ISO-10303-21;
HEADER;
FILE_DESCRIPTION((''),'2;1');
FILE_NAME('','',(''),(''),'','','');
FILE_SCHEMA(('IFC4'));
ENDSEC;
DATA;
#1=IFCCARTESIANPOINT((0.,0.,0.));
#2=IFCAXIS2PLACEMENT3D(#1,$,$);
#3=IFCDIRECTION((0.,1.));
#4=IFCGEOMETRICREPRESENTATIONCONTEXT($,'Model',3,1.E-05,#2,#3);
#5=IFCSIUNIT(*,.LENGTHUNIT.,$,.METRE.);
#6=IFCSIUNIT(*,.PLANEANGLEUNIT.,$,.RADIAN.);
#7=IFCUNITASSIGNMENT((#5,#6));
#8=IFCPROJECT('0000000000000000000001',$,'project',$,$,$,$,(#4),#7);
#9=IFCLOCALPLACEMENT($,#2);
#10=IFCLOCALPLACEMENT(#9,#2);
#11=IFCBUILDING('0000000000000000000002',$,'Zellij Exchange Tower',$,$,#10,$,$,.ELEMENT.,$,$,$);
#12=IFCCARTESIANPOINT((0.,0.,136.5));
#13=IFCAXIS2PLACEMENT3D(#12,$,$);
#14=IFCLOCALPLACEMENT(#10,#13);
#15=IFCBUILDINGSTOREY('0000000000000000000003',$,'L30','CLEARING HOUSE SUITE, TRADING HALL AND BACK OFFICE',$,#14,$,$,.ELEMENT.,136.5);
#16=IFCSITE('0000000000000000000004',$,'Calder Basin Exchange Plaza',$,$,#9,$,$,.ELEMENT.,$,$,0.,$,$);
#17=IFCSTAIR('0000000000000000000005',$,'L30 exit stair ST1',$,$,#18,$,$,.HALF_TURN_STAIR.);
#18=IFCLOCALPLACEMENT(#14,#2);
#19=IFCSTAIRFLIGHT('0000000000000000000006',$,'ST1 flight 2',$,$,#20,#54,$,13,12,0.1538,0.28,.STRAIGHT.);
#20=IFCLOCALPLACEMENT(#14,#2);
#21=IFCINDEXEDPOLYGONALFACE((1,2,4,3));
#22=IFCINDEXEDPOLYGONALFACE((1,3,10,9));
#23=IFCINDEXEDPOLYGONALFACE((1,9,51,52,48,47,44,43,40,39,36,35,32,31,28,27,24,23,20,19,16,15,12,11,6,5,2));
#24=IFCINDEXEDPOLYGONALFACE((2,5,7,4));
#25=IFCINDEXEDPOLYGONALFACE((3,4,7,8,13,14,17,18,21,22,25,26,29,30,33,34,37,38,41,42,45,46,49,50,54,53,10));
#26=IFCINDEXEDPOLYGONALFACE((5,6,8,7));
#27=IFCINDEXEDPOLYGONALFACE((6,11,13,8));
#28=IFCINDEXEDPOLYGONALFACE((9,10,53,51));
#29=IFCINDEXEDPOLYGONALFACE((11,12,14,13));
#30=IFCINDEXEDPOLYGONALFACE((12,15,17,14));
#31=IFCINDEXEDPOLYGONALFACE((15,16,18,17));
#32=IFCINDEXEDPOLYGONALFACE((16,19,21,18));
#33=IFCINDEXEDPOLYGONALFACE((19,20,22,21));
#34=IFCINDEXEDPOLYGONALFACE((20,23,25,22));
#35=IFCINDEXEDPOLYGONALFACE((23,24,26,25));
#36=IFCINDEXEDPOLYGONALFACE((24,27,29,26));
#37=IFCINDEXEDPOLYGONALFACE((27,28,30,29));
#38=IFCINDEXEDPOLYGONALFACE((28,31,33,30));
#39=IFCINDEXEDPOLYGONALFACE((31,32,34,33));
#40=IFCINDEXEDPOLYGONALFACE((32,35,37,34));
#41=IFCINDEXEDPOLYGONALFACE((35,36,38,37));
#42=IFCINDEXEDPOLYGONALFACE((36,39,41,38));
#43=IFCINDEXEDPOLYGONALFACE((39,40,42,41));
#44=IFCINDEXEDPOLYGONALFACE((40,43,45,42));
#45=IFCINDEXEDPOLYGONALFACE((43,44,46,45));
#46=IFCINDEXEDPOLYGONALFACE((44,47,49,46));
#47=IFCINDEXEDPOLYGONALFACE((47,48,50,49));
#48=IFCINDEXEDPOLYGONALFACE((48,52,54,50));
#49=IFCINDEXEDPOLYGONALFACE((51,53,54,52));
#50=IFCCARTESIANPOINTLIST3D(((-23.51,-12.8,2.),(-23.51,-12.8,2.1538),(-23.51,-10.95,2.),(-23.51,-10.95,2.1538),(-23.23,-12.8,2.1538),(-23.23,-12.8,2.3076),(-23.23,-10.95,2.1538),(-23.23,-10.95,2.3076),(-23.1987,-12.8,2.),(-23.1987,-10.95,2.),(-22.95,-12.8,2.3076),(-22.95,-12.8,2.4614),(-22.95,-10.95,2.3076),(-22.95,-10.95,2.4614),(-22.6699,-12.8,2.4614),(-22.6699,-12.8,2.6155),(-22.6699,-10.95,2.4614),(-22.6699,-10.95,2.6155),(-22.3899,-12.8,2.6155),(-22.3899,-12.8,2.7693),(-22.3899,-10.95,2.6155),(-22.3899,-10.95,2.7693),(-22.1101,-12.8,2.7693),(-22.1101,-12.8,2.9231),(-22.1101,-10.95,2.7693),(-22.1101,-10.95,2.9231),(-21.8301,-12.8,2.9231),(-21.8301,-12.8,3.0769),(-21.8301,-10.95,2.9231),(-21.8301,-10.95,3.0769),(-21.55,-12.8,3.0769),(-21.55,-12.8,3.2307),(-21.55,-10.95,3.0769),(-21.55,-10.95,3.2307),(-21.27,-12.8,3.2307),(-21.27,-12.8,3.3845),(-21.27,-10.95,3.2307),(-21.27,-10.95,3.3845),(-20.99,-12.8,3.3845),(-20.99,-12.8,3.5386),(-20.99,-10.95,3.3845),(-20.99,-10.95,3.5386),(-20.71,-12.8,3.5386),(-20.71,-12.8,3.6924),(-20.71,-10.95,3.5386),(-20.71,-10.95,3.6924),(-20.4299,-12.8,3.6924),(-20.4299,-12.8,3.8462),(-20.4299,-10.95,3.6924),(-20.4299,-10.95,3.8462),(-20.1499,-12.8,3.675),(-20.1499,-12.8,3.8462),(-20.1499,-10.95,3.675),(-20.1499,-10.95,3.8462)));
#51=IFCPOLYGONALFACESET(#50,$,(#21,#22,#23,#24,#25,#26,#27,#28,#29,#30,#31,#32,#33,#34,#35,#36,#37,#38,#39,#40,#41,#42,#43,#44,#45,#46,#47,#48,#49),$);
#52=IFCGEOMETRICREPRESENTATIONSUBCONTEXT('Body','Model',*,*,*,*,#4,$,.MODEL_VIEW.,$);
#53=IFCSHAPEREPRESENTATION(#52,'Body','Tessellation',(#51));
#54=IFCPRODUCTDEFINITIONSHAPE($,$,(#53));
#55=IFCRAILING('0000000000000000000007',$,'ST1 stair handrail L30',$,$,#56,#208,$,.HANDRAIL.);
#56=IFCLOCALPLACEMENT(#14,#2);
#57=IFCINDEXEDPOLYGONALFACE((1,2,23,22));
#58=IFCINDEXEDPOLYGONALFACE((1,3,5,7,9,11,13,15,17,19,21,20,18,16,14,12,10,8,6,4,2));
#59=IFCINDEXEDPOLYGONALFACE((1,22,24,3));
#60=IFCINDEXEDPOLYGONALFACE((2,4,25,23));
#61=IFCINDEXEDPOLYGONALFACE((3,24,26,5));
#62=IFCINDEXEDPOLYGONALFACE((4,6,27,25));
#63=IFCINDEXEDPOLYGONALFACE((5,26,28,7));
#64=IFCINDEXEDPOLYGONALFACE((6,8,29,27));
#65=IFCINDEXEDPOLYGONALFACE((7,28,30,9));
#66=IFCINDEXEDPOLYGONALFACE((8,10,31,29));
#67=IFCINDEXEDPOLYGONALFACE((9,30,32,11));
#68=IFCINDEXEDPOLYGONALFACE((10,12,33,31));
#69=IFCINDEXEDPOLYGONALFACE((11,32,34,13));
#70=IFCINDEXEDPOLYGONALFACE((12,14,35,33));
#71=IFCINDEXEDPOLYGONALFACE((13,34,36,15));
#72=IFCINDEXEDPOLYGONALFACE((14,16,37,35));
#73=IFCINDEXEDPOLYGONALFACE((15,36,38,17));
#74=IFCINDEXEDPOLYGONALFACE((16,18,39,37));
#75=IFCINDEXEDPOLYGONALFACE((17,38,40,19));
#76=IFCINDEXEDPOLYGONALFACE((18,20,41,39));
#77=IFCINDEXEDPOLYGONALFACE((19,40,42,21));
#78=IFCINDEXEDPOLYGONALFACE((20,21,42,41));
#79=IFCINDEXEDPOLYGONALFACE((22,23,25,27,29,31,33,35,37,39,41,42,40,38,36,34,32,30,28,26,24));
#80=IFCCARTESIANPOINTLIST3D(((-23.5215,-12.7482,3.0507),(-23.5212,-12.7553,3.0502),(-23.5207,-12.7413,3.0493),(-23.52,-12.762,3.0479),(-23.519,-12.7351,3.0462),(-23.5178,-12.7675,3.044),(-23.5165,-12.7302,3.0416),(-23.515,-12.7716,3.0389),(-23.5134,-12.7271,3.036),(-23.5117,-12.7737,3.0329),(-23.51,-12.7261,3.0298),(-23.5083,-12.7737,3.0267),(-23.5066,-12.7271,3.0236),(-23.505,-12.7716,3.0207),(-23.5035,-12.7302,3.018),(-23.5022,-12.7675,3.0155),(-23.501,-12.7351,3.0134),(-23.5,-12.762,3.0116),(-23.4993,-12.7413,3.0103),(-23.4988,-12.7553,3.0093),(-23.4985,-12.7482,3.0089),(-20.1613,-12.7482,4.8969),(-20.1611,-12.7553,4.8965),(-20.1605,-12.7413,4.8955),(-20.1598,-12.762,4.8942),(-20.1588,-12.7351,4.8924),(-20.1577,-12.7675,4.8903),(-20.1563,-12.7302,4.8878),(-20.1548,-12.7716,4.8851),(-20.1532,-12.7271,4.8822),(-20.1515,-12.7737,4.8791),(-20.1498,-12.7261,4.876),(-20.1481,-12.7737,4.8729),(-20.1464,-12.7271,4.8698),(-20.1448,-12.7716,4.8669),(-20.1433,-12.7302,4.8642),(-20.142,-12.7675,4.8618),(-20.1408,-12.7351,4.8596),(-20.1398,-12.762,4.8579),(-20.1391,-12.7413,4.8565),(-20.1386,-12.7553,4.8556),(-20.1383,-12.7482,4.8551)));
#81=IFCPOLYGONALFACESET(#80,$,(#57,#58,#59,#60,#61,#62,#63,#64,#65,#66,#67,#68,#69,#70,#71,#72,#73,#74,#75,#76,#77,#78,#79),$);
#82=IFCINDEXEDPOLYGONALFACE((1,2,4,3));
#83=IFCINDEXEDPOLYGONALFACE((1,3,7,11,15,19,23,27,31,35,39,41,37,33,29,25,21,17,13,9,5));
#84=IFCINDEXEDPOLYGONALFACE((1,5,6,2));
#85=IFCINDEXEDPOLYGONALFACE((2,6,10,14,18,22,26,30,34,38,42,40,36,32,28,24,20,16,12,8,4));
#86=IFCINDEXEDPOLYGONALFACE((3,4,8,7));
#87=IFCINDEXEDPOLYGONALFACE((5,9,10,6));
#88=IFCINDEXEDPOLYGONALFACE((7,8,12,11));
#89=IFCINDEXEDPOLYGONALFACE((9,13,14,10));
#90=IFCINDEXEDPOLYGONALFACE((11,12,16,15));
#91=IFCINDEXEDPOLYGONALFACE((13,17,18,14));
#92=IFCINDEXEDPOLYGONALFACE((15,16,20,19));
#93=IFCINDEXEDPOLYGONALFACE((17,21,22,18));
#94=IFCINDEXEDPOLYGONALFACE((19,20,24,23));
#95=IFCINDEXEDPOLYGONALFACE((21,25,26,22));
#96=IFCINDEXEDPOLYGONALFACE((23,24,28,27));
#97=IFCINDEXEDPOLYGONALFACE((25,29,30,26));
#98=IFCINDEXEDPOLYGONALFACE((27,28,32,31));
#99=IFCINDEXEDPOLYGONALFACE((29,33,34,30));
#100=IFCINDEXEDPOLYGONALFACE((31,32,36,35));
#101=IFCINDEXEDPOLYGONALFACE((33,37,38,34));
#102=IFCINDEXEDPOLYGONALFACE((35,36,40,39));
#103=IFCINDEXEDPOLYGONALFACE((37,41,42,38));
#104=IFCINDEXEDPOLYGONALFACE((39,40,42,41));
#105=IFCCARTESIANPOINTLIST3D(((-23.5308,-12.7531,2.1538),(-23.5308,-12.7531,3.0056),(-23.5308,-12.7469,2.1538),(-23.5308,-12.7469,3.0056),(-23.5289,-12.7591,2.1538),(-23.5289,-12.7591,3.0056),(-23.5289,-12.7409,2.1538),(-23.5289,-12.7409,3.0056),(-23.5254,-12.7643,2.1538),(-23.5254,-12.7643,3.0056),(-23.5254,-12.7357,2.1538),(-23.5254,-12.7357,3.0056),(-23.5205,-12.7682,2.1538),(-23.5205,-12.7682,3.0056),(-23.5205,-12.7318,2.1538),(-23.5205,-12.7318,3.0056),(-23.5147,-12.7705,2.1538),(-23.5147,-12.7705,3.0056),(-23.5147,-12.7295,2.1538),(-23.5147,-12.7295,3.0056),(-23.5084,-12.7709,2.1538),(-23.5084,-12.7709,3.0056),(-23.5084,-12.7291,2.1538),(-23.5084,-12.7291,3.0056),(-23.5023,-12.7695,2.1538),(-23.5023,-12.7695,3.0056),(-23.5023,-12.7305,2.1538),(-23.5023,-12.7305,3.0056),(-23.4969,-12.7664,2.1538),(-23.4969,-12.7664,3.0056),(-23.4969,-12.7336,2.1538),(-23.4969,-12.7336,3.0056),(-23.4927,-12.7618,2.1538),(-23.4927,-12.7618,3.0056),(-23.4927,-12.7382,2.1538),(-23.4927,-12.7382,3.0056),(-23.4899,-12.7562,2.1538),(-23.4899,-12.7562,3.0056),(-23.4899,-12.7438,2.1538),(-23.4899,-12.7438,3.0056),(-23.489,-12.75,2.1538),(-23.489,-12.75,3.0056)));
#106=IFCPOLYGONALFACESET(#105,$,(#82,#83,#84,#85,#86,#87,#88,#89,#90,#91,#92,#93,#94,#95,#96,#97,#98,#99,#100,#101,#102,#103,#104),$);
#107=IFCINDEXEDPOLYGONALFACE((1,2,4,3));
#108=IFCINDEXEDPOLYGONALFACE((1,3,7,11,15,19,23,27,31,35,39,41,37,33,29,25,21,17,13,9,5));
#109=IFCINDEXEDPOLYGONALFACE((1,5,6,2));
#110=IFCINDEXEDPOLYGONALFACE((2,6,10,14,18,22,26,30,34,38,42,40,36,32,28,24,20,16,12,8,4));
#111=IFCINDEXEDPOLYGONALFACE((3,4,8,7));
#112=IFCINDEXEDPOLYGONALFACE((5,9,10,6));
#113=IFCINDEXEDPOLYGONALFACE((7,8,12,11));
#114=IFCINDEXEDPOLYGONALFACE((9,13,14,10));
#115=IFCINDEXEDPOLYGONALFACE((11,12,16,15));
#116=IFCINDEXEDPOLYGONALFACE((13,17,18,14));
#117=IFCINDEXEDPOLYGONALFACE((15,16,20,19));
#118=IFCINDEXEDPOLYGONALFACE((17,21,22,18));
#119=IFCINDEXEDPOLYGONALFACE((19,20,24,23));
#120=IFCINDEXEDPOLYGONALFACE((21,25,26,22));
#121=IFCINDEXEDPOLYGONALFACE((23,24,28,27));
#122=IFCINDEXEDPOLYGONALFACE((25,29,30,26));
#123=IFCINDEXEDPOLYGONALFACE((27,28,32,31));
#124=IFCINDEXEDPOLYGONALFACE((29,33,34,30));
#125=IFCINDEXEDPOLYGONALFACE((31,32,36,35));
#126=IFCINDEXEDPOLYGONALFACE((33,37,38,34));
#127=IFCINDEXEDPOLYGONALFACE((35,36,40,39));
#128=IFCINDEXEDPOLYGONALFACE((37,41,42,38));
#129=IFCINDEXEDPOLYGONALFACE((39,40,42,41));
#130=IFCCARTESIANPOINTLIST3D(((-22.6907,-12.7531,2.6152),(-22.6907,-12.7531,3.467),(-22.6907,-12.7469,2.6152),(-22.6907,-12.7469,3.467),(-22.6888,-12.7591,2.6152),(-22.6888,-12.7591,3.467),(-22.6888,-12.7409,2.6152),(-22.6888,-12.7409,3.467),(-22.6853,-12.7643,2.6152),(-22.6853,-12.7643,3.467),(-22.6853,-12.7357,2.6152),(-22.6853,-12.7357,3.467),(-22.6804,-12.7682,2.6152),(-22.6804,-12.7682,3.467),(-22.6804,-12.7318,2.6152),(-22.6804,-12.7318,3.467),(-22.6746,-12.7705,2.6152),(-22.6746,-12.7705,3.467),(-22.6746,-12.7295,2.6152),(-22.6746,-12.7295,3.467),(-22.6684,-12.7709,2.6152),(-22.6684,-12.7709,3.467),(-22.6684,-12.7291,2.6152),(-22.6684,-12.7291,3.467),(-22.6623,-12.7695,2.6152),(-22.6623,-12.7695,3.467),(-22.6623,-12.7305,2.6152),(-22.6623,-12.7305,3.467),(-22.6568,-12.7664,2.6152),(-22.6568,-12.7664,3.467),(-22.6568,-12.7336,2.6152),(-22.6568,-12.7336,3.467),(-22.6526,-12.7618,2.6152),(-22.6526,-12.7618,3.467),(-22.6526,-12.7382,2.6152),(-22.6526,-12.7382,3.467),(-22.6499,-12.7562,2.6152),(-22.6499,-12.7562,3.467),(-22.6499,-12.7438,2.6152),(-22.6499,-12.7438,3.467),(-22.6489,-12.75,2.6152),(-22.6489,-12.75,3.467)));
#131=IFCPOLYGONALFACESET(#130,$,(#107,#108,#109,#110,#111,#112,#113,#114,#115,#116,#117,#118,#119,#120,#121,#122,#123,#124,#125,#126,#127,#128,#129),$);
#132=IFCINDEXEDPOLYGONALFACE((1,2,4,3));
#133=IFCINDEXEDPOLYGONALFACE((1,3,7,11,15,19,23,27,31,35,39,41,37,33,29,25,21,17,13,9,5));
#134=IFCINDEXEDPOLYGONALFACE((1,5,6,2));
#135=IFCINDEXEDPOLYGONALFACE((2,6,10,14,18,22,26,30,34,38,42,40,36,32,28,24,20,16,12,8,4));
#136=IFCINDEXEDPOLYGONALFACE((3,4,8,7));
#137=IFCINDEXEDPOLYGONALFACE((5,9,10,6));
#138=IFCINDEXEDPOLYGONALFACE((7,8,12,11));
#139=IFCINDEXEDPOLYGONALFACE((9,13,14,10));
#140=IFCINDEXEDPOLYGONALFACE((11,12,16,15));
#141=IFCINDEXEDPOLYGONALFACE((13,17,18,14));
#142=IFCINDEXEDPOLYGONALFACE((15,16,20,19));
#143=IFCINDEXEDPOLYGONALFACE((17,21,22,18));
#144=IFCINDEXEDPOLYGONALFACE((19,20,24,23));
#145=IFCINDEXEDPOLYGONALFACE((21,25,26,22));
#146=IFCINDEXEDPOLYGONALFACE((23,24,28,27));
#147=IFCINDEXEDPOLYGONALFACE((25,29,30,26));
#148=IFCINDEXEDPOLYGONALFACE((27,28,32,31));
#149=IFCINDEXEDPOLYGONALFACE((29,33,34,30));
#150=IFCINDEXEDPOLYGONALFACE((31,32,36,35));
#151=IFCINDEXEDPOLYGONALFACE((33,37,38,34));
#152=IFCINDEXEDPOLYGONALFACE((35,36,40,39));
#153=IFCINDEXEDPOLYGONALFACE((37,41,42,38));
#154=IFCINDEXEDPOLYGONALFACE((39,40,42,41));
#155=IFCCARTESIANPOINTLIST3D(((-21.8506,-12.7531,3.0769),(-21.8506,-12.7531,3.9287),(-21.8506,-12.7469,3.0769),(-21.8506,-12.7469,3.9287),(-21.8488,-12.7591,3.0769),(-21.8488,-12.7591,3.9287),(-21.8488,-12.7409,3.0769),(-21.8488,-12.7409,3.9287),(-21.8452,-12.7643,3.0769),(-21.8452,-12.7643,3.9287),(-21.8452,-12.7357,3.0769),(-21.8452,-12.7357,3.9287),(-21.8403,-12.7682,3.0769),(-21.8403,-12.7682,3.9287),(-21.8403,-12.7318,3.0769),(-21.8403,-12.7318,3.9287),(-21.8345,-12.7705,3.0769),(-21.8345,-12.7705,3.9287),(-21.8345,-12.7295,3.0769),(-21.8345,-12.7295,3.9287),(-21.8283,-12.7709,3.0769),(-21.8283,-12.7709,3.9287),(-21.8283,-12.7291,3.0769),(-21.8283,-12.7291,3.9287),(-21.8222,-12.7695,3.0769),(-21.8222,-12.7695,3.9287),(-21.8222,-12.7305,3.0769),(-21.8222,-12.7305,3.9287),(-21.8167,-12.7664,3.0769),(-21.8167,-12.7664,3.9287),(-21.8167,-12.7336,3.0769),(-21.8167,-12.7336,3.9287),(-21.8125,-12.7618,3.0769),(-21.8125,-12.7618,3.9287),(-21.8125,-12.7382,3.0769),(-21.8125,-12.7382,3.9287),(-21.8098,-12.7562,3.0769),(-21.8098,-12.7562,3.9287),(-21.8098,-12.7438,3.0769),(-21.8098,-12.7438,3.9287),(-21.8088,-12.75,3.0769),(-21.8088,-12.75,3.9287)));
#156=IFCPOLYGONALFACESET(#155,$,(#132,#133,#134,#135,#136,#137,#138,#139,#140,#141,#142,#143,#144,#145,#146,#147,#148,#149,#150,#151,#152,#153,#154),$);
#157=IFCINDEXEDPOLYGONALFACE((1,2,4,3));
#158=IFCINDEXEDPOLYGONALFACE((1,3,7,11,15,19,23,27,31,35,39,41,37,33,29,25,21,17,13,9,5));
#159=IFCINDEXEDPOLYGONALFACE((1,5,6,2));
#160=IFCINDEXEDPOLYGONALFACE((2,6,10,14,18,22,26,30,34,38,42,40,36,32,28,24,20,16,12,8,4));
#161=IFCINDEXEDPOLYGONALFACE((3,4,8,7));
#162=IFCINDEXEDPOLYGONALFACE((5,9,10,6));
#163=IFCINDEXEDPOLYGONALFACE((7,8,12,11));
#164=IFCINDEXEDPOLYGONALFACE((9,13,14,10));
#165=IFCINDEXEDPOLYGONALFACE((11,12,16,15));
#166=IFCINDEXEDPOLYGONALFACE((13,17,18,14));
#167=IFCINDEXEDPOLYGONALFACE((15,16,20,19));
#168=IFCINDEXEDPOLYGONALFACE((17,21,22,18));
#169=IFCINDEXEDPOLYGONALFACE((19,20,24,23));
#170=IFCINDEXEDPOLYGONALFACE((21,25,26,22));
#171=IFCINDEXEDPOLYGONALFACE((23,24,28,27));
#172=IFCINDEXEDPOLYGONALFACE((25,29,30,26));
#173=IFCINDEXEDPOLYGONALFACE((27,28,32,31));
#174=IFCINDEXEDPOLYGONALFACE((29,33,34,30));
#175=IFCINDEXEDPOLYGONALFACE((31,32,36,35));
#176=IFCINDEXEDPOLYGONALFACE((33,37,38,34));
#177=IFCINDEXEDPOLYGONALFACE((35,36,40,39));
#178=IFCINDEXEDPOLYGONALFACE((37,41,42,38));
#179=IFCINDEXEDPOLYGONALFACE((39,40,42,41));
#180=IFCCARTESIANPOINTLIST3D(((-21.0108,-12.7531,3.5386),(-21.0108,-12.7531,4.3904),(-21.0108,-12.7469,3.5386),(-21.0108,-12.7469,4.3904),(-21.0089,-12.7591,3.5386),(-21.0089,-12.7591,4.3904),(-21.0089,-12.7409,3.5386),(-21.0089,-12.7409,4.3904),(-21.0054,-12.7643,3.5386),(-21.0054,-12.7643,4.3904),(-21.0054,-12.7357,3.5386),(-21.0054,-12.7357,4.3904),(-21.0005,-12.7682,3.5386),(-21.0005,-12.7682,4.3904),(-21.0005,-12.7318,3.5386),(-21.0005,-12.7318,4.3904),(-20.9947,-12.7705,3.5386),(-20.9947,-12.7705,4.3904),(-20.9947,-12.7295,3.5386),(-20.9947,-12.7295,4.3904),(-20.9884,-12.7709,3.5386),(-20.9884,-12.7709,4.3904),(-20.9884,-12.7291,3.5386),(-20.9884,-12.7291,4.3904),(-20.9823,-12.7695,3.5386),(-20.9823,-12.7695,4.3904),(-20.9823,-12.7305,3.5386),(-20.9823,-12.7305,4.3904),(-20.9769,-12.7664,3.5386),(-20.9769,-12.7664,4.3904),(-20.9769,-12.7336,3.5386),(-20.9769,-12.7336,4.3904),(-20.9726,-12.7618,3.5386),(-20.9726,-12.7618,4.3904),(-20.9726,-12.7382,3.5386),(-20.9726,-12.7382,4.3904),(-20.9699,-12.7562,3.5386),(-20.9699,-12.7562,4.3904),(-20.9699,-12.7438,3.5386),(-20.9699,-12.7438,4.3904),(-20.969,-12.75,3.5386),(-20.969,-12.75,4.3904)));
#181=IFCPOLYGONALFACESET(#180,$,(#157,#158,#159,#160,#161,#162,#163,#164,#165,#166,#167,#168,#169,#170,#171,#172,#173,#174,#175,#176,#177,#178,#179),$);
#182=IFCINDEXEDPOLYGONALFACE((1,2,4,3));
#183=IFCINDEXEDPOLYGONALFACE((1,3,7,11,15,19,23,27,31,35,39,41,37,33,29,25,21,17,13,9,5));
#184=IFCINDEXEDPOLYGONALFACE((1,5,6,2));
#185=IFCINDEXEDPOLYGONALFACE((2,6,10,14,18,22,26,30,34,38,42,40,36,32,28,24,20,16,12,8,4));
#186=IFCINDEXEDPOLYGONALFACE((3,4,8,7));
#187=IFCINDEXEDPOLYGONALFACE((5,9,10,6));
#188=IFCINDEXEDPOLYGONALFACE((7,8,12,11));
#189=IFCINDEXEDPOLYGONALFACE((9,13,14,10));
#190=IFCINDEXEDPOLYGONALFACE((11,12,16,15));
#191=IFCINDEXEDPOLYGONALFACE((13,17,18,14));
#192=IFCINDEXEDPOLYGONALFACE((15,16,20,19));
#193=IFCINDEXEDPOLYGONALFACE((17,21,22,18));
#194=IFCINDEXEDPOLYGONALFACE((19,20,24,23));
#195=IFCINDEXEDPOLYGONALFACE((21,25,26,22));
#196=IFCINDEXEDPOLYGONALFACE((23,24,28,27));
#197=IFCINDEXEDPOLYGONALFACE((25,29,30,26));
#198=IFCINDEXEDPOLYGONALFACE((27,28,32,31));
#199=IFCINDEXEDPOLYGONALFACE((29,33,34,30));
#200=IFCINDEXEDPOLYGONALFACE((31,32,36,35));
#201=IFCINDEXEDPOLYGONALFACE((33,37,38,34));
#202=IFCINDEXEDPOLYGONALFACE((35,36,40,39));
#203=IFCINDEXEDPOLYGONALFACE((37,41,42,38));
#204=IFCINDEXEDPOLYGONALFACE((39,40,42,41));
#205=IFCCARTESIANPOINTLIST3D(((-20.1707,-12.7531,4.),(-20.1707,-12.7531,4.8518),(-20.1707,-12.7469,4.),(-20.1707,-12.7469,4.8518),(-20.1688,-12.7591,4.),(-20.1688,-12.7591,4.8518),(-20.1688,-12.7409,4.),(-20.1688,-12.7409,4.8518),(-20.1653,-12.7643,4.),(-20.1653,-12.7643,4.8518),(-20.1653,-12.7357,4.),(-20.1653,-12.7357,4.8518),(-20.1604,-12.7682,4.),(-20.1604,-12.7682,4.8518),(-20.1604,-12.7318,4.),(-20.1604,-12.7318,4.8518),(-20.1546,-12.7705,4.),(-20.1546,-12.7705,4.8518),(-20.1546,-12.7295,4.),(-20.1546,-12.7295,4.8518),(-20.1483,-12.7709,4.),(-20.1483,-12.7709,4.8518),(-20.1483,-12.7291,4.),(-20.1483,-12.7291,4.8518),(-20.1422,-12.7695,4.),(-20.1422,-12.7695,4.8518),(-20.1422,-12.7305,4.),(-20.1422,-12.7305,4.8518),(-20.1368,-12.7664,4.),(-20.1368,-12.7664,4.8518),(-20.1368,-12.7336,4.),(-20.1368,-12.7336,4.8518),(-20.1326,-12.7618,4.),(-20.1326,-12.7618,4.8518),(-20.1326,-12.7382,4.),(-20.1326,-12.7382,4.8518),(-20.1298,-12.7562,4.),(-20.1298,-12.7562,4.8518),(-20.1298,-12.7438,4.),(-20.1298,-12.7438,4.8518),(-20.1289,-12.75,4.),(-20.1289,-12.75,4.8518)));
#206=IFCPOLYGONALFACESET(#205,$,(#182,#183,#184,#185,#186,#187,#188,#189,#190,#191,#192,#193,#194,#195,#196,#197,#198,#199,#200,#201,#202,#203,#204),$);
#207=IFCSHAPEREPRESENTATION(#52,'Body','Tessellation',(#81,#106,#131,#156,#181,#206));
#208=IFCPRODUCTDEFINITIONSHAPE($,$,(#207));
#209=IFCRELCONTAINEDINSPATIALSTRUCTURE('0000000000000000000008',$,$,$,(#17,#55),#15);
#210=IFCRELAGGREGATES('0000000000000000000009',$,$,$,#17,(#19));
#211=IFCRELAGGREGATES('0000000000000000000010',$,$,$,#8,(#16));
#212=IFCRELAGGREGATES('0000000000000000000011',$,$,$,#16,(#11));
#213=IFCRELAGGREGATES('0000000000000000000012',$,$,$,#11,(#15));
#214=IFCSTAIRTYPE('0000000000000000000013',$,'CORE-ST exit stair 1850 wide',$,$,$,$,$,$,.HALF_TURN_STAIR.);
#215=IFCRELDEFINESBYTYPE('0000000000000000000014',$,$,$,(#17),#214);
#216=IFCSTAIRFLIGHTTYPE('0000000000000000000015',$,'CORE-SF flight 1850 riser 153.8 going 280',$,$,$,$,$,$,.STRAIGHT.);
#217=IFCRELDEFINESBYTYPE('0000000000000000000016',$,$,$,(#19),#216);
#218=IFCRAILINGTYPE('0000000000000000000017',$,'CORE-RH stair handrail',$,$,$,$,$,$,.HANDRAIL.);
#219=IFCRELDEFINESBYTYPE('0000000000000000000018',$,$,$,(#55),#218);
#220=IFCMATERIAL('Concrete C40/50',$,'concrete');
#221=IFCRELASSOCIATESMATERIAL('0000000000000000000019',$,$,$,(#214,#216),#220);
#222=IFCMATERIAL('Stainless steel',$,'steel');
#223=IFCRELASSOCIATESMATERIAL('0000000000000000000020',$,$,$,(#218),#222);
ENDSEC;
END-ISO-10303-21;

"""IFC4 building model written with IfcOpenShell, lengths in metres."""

from ifc_helpers import new_model, si_unit, direction, frame, origin, origin_2d, place, context, subcontext, project, spatial, polyline, circle, outline, extrude, material, type_object, element, aggregate, save


model = new_model("IFC4")

# Units and contexts
model_context = context("Model", 3, precision=1e-05, world=origin(), true_north=direction((0.0, 1.0)))
body_context = subcontext(model_context, "Body", "Model", "MODEL_VIEW")
ifc_project = project(units=[si_unit("LENGTHUNIT", "METRE"), si_unit("PLANEANGLEUNIT", "RADIAN")], contexts=[model_context])

# Site, building, storey
site_placement = place(None, origin())
site = spatial("IfcSite", under=ifc_project, at=site_placement, Name="Calder Basin Exchange Plaza", CompositionType="ELEMENT", RefElevation=0.0)
building_placement = place(site_placement, origin())
building = spatial("IfcBuilding", under=site, at=building_placement, Name="Zellij Exchange Tower", CompositionType="ELEMENT")
storey_placement = place(building_placement, frame((0.0, 0.0, 136.5)))
storey = spatial("IfcBuildingStorey", under=building, at=storey_placement, Name="L30", Description="CLEARING HOUSE SUITE, TRADING HALL AND BACK OFFICE", CompositionType="ELEMENT", Elevation=136.5)

# Stair, stair flight
ifc_material_1 = material(Name="Concrete C40/50", Category="concrete")
stair_type = type_object("IfcStairType", Name="CORE-ST exit stair 1850 wide", PredefinedType="HALF_TURN_STAIR", material=ifc_material_1)
stair_placement = place(storey_placement, origin())
stair = element("IfcStair", 1, at=stair_placement, inside=storey, type_object=stair_type, Name="L30 exit stair ST1", PredefinedType="HALF_TURN_STAIR")
stair_flight_type = type_object("IfcStairFlightType", Name="CORE-SF flight 1850 riser 153.8 going 280", PredefinedType="STRAIGHT", material=ifc_material_1)
stair_flight_placement = place(storey_placement, frame((-23.51, -11.875, 2.0), z_axis=(0.0, 0.0, 1.0), x_axis=(1.0, 0.0, 0.0)))
stair_flight = element("IfcStairFlight", 2, at=stair_flight_placement, type_object=stair_flight_type, Name="ST1 flight 2", NumberOfRisers=13, NumberOfTreads=12, PredefinedType="STRAIGHT", RiserHeight=0.1538, TreadLength=0.28, context=body_context, shape_type="SweptSolid", body=[
    extrude(outline(polyline([(0.0, 0.0), (0.0, 0.1538), (0.28, 0.1538), (0.28, 0.3076), (0.5601, 0.3076), (0.5601, 0.4614), (0.8401, 0.4614), (0.8401, 0.6155), (1.1201, 0.6155), (1.1201, 0.7693), (1.3999, 0.7693), (1.3999, 0.9231), (1.6799, 0.9231), (1.6799, 1.0769), (1.96, 1.0769), (1.96, 1.2307), (2.24, 1.2307), (2.24, 1.3845), (2.52, 1.3845), (2.52, 1.5386), (2.8, 1.5386), (2.8, 1.6924), (3.0801, 1.6924), (3.0801, 1.8462), (3.3601, 1.8462), (3.3601, 2.0), (3.3601, 1.675), (0.3113, 0.0), (0.0, 0.0)])), frame((0.0, 0.925, 0.0), z_axis=(0.0, -1.0, 0.0), x_axis=(1.0, 0.0, 0.0)), (0.0, 0.0, 1.0), 1.8501),
])
aggregate(stair, [stair_flight])

# Railing
ifc_material_2 = material(Name="Stainless steel", Category="steel")
railing_type = type_object("IfcRailingType", Name="CORE-RH stair handrail", PredefinedType="HANDRAIL", material=ifc_material_2)
railing_placement = place(storey_placement, frame((-23.51, -12.75, 2.1538)))
element("IfcRailing", 3, at=railing_placement, inside=storey, type_object=railing_type, Name="ST1 stair handrail L30", PredefinedType="HANDRAIL", context=body_context, shape_type="SweptSolid", body=[
    extrude(circle(Radius=0.0239, at=origin_2d()), frame((0.0, 0.0, 0.876), z_axis=(0.876422, 0.0, 0.481545), x_axis=(0.0, 1.0, 0.0)), (0.0, 0.0, 1.0), 3.834),
    extrude(circle(Radius=0.021, at=origin_2d()), origin(), (0.0, 0.0, 1.0), 0.8518),
    extrude(circle(Radius=0.021, at=origin_2d()), frame((0.8401, 0.0, 0.4614)), (0.0, 0.0, 1.0), 0.8518),
    extrude(circle(Radius=0.021, at=origin_2d()), frame((1.6802, 0.0, 0.9231)), (0.0, 0.0, 1.0), 0.8518),
    extrude(circle(Radius=0.021, at=origin_2d()), frame((2.52, 0.0, 1.3848)), (0.0, 0.0, 1.0), 0.8518),
    extrude(circle(Radius=0.021, at=origin_2d()), frame((3.3601, 0.0, 1.8462)), (0.0, 0.0, 1.0), 0.8518),
])

save(model, "model.ifc")
